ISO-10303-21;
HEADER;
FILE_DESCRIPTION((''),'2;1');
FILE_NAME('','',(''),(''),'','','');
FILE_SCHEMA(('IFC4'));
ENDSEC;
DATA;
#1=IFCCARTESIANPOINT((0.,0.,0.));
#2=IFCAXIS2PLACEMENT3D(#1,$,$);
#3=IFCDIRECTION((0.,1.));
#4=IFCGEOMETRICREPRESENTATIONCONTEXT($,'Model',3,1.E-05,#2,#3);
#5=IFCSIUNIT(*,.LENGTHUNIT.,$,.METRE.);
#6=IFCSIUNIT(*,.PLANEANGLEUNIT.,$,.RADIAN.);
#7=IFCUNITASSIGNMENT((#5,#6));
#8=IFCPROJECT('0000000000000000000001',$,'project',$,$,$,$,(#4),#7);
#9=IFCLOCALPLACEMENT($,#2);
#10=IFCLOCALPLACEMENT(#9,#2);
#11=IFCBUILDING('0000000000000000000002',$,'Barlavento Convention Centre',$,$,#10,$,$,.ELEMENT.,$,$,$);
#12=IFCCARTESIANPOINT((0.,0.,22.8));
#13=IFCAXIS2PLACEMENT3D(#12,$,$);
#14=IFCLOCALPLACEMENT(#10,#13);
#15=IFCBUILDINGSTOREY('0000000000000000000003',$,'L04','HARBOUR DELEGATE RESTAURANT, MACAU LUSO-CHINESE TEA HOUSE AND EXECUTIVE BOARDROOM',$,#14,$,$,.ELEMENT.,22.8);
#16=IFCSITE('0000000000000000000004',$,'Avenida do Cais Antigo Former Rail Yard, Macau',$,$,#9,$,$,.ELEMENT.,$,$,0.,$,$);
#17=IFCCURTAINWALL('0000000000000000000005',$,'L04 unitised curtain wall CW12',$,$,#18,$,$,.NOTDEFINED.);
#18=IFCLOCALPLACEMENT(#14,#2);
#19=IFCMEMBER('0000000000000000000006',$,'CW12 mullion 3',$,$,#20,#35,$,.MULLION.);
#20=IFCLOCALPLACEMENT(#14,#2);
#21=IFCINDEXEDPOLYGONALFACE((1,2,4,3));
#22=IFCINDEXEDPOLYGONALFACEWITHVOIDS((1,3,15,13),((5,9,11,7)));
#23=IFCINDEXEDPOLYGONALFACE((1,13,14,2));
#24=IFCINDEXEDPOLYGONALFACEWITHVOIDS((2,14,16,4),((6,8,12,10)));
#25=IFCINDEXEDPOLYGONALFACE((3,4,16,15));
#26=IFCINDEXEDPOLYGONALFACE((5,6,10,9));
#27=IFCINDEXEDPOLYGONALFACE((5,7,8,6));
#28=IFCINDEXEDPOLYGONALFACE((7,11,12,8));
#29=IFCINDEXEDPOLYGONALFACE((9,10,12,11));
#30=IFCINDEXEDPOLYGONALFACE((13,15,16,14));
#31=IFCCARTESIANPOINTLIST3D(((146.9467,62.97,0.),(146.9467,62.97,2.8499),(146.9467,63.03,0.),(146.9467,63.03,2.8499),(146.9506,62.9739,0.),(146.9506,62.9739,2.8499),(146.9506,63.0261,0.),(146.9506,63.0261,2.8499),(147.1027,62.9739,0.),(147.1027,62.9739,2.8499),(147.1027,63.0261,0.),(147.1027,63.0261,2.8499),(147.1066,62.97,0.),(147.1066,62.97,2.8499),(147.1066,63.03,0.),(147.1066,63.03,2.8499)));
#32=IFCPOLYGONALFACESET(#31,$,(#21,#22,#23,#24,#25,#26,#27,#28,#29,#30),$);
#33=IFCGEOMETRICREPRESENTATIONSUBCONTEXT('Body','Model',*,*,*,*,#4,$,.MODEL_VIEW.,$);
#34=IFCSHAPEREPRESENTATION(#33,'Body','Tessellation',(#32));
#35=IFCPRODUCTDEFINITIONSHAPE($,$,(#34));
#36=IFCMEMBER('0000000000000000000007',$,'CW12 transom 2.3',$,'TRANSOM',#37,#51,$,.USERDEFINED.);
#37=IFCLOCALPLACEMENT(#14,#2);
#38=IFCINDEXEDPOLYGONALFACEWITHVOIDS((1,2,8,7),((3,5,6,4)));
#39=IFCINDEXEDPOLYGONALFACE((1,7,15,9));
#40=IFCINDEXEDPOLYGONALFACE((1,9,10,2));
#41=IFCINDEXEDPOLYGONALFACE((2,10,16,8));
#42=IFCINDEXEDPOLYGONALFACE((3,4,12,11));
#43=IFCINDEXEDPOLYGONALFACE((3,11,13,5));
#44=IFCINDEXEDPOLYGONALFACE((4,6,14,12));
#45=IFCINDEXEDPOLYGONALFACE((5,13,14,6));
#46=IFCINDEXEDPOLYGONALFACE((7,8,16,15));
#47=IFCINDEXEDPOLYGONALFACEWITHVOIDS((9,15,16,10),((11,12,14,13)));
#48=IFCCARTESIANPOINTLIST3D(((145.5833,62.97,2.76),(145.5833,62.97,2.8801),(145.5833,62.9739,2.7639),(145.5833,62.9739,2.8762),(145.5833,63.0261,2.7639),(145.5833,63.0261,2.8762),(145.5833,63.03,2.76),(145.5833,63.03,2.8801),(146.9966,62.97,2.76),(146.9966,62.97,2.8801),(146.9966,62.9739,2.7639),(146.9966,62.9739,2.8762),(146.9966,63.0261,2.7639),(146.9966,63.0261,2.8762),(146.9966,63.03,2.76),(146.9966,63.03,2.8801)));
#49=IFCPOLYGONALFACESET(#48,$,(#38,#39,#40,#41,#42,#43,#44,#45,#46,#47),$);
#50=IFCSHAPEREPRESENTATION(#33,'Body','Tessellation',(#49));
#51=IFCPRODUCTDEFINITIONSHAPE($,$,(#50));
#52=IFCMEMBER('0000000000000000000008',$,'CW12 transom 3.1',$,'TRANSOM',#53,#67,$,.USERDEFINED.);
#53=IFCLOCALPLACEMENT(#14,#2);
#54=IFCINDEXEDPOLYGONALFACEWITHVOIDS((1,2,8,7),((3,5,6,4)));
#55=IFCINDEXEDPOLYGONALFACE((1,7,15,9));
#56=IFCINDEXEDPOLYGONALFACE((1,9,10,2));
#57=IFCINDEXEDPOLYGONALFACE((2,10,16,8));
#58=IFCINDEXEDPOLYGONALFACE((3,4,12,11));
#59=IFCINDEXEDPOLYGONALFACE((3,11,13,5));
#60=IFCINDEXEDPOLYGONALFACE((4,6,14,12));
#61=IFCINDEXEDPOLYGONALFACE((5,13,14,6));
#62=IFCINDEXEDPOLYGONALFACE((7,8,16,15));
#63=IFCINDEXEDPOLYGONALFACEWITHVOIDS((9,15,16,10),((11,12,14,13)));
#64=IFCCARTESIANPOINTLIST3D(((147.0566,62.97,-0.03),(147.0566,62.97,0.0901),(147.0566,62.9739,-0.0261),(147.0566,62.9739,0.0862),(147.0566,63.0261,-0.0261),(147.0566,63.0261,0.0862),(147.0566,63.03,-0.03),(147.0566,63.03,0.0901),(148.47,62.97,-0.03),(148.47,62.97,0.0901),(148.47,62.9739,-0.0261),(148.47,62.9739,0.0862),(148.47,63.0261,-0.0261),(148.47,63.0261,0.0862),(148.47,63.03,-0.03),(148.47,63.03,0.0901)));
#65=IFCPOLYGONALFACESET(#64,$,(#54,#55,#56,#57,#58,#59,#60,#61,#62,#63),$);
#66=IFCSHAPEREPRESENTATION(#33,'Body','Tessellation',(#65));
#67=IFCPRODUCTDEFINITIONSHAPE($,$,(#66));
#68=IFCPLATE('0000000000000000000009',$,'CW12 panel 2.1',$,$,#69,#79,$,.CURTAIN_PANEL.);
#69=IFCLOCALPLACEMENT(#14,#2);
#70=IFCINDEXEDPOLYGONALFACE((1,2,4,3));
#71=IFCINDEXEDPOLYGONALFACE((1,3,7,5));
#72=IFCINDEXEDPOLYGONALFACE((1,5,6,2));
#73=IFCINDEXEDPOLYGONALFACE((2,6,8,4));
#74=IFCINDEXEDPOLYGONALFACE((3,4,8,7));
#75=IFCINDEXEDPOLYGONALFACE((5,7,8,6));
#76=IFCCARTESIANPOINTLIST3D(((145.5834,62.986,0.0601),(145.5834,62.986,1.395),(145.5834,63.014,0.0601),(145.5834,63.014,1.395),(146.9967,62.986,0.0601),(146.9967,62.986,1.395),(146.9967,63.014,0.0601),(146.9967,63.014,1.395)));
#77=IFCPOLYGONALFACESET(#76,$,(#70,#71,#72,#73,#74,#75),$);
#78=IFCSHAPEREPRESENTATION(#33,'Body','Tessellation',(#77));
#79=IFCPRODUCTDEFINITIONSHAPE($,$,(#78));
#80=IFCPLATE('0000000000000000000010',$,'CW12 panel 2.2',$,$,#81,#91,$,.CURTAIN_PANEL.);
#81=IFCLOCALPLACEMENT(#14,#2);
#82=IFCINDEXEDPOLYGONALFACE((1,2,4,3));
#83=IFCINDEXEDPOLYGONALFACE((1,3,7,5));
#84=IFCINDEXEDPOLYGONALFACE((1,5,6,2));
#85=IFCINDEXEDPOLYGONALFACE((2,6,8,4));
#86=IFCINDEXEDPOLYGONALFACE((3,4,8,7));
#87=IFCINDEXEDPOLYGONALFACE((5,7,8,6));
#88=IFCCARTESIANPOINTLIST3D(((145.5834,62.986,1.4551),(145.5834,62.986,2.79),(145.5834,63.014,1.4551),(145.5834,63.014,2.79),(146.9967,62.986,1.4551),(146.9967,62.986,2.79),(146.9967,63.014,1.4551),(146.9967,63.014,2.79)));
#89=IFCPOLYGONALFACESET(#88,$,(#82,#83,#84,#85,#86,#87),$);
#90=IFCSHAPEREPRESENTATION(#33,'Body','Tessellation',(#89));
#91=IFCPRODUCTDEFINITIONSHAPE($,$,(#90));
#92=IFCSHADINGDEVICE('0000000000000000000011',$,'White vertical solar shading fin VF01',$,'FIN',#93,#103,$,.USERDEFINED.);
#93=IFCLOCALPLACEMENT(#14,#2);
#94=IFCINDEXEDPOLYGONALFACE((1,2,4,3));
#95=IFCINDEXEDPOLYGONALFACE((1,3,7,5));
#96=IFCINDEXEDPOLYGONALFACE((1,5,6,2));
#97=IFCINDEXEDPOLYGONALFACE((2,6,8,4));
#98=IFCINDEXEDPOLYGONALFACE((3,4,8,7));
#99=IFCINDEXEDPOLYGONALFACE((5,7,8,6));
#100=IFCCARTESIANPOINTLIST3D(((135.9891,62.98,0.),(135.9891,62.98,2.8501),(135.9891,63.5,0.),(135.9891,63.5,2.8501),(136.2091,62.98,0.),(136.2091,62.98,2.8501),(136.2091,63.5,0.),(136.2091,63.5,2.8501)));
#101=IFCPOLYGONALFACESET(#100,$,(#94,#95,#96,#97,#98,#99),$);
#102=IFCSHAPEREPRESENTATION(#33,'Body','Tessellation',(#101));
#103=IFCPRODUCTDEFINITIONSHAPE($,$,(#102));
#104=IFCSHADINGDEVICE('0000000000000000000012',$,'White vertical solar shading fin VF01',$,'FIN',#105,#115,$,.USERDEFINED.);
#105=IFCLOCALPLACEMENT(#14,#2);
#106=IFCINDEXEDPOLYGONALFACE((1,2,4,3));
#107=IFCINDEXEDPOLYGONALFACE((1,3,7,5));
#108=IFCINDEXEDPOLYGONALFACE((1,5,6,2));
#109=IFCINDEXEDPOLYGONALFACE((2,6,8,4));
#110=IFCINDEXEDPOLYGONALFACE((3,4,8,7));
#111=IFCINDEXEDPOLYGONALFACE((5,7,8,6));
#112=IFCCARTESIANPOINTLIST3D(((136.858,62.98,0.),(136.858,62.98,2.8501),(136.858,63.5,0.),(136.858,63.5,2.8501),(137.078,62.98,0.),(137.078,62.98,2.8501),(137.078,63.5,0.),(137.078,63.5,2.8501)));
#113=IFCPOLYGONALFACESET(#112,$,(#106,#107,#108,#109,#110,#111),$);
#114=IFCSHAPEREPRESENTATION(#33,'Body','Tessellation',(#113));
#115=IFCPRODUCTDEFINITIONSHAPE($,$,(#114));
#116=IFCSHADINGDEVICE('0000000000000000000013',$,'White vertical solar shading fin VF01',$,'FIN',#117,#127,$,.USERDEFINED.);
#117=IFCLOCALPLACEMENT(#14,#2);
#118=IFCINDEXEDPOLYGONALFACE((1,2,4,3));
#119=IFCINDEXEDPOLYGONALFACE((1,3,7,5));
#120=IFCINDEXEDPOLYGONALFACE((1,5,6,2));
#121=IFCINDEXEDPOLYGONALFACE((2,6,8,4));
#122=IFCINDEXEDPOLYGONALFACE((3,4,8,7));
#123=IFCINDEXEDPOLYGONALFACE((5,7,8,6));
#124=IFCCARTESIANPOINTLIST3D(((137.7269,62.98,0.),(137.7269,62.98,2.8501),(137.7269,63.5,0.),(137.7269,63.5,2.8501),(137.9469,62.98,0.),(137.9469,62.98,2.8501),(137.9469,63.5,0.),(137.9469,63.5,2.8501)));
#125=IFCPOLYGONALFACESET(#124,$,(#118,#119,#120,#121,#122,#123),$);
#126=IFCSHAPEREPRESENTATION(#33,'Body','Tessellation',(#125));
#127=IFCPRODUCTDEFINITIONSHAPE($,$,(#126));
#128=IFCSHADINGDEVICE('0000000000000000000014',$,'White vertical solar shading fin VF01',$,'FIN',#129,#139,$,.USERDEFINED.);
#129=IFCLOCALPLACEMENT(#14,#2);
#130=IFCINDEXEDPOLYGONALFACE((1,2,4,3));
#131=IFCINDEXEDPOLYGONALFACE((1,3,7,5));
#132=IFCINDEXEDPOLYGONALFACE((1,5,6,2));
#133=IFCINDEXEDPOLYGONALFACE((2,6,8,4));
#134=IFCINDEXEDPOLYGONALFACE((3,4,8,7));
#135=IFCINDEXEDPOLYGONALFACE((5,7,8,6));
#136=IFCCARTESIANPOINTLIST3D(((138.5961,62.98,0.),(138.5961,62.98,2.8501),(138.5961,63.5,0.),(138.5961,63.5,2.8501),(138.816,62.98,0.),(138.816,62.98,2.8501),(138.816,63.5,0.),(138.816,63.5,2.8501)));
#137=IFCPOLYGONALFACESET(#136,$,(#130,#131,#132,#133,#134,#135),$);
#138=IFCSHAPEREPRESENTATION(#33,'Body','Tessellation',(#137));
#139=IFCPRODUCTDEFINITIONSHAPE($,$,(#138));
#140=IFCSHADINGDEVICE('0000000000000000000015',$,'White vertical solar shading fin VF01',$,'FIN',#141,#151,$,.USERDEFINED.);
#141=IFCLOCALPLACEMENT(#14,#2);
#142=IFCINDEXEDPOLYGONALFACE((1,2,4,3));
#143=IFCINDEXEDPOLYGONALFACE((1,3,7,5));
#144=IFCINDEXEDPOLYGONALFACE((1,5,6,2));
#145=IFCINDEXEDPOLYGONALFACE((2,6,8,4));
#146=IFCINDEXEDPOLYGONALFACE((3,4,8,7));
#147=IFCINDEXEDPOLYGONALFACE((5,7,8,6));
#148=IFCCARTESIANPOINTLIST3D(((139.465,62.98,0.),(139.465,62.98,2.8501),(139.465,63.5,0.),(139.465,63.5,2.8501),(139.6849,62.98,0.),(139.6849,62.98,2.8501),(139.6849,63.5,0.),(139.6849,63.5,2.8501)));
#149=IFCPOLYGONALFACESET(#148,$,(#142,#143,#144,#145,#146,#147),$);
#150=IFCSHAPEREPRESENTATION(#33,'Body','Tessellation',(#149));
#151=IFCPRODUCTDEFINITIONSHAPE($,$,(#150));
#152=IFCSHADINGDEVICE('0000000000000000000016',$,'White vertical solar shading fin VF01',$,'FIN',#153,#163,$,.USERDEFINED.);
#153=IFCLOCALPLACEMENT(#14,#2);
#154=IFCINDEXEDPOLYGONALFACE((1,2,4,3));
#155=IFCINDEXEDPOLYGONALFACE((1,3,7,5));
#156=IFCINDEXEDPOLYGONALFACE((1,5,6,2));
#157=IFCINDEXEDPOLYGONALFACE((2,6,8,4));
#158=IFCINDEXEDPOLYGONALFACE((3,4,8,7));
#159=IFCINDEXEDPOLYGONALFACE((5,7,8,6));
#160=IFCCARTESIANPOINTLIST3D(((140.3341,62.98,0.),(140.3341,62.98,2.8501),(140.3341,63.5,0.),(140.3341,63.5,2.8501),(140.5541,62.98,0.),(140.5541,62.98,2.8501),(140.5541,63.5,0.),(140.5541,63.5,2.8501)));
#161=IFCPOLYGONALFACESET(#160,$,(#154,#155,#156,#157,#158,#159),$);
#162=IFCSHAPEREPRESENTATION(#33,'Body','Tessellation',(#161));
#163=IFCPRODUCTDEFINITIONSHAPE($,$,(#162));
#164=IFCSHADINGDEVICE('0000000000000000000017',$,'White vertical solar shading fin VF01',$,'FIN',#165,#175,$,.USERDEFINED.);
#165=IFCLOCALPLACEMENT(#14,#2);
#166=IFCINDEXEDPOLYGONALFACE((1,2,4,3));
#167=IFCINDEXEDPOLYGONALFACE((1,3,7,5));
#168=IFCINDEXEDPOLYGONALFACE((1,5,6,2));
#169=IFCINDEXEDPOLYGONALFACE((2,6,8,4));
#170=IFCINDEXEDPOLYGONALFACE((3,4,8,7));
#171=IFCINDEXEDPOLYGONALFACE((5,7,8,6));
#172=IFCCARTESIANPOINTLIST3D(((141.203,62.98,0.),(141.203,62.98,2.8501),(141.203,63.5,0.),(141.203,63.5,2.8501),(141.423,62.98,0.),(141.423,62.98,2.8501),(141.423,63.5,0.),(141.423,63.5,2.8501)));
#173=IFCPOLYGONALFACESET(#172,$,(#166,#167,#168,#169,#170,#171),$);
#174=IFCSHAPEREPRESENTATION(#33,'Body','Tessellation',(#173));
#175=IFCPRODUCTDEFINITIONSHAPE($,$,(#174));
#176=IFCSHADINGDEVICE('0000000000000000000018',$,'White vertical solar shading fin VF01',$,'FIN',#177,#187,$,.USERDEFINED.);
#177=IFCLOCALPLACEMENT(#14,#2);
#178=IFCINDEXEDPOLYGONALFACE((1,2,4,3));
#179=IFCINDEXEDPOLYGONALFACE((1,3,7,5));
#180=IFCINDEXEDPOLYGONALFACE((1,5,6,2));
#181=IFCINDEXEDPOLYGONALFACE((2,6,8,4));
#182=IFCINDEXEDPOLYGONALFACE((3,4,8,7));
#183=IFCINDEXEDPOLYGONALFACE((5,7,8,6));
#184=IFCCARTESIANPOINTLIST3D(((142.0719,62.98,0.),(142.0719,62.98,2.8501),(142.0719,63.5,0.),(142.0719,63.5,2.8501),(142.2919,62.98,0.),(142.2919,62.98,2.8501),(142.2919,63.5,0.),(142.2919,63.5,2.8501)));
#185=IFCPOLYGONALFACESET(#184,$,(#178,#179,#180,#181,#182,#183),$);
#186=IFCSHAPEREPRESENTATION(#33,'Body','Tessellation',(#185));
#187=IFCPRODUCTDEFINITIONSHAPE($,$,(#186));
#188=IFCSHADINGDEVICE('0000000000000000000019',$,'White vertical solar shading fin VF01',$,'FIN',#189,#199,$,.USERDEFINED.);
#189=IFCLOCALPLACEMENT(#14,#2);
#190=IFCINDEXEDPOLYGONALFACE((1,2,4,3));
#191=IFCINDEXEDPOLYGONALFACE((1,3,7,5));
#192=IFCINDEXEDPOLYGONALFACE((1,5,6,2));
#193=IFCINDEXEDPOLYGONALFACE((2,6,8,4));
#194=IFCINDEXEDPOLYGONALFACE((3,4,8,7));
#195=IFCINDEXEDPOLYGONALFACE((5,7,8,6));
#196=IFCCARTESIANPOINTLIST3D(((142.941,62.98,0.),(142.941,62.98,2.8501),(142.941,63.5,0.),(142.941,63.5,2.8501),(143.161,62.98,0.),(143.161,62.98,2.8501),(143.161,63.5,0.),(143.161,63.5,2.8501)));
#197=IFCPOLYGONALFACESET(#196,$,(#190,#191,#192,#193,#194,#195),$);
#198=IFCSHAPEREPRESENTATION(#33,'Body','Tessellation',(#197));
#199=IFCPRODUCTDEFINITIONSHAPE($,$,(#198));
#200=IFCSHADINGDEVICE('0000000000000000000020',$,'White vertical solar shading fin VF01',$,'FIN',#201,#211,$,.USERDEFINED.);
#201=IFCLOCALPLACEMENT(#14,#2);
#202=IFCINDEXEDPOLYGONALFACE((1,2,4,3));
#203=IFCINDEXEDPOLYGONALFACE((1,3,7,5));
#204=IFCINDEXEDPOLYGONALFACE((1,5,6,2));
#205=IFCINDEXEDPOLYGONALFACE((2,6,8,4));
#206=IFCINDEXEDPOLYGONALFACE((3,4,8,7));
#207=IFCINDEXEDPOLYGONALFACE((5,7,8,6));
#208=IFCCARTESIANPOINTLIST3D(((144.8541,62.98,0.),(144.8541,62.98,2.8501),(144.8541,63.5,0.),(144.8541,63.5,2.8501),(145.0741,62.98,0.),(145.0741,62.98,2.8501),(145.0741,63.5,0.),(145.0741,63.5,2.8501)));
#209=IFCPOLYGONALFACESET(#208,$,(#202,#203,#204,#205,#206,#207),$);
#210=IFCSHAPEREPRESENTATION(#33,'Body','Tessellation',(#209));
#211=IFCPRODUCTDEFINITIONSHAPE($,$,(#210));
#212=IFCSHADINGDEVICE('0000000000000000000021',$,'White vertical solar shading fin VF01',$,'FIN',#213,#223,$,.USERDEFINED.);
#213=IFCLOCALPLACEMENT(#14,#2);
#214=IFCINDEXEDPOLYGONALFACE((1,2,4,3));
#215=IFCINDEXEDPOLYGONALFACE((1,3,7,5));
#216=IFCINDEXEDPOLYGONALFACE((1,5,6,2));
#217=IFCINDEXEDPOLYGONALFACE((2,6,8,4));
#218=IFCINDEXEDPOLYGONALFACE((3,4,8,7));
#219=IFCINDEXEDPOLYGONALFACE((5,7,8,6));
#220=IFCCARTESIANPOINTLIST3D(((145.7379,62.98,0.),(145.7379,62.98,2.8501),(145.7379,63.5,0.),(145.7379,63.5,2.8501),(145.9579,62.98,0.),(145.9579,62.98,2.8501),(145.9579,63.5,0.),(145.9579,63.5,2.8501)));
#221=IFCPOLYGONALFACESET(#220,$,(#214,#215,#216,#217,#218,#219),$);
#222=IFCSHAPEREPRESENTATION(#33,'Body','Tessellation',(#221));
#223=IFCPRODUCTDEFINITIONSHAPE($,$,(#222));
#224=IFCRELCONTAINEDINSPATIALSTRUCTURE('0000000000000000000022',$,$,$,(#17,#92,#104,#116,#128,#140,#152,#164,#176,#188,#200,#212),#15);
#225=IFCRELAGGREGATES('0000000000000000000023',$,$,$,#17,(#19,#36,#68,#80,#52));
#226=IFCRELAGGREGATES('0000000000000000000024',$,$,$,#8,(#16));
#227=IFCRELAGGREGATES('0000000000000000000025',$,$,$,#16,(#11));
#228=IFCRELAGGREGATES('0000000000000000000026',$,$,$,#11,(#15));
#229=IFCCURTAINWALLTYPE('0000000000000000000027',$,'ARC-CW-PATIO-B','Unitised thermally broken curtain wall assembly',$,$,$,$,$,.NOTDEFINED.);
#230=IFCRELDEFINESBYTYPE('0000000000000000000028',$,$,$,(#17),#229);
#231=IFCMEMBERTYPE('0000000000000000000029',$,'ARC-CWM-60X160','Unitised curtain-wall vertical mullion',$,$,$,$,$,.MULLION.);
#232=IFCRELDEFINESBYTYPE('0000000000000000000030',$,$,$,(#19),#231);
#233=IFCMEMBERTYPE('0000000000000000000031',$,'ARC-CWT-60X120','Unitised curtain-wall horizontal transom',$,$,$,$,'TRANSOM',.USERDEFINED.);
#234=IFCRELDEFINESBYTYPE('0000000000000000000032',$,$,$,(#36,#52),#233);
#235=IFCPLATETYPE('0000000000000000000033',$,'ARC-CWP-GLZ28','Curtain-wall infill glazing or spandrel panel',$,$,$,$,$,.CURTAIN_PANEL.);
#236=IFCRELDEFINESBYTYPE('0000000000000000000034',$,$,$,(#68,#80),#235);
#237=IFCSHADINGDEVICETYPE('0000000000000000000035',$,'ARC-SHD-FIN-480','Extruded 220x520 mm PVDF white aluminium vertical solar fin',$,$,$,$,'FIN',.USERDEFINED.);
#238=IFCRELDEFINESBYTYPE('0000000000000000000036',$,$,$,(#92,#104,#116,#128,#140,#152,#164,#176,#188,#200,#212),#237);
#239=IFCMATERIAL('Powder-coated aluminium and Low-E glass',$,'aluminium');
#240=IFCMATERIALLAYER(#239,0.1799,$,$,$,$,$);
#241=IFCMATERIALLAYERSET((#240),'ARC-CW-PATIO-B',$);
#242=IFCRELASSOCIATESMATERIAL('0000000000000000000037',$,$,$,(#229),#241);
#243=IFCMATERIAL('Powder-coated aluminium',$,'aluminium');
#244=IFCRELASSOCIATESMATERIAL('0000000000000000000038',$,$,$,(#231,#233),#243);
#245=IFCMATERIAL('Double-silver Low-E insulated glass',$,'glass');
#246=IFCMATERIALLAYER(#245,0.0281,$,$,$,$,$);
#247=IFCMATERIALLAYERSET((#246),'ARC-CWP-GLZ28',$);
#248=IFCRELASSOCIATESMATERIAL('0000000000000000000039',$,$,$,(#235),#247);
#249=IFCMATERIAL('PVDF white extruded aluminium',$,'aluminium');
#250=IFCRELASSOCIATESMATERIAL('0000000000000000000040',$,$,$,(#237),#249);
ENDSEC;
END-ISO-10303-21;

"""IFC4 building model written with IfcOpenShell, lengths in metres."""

from ifc_helpers import new_model, si_unit, direction, frame, origin, origin_2d, place, context, subcontext, project, spatial, rectangle, hollow_rectangle, extrude, material, layer, layer_set, material_profile, profile_set, type_object, element, aggregate, save


model = new_model("IFC4")

# Units and contexts
model_context = context("Model", 3, precision=1e-05, world=origin(), true_north=direction((0.0, 1.0)))
body_context = subcontext(model_context, "Body", "Model", "MODEL_VIEW")
ifc_project = project(units=[si_unit("LENGTHUNIT", "METRE"), si_unit("PLANEANGLEUNIT", "RADIAN")], contexts=[model_context])

# Site, building, storey
site_placement = place(None, origin())
site = spatial("IfcSite", under=ifc_project, at=site_placement, Name="Avenida do Cais Antigo Former Rail Yard, Macau", CompositionType="ELEMENT", RefElevation=0.0)
building_placement = place(site_placement, origin())
building = spatial("IfcBuilding", under=site, at=building_placement, Name="Barlavento Convention Centre", CompositionType="ELEMENT")
storey_placement = place(building_placement, frame((0.0, 0.0, 22.8)))
storey = spatial("IfcBuildingStorey", under=building, at=storey_placement, Name="L04", Description="HARBOUR DELEGATE RESTAURANT, MACAU LUSO-CHINESE TEA HOUSE AND EXECUTIVE BOARDROOM", CompositionType="ELEMENT", Elevation=22.8)

# Curtain wall, members, plates
ifc_material_1 = material(Name="Powder-coated aluminium and Low-E glass", Category="aluminium")
ifc_layer_1 = layer(ifc_material_1, 0.1799)
ifc_layer_set_1 = layer_set([ifc_layer_1], Name="ARC-CW-PATIO-B")
curtain_wall_type = type_object("IfcCurtainWallType", Name="ARC-CW-PATIO-B", Description="Unitised thermally broken curtain wall assembly", PredefinedType="NOTDEFINED", material=ifc_layer_set_1)
curtain_wall_placement = place(storey_placement, origin())
curtain_wall = element("IfcCurtainWall", 1, at=curtain_wall_placement, inside=storey, type_object=curtain_wall_type, Name="L04 unitised curtain wall CW12", PredefinedType="NOTDEFINED")
ifc_material_2 = material(Name="Powder-coated aluminium", Category="aluminium")
ifc_material_profile_1 = material_profile(ifc_material_2, hollow_rectangle(XDim=0.0601, YDim=0.1599, WallThickness=0.0039, at=origin_2d()), Name="AL-MULL 60x160x4")
ifc_profile_set_1 = profile_set([ifc_material_profile_1], Name="Powder-coated aluminium")
member_type_1 = type_object("IfcMemberType", Name="ARC-CWM-60X160", Description="Unitised curtain-wall vertical mullion", PredefinedType="MULLION", material=ifc_profile_set_1)
member_1_placement = place(storey_placement, frame((147.0266, 63.0, 0.0), z_axis=(0.0, 0.0, 1.0), x_axis=(0.0, 1.0, 0.0)))
member_1 = element("IfcMember", 2, at=member_1_placement, type_object=member_type_1, Name="CW12 mullion 3", PredefinedType="MULLION", context=body_context, shape_type="SweptSolid", body=[
    extrude(hollow_rectangle(XDim=0.0601, YDim=0.1599, WallThickness=0.0039, at=origin_2d()), origin(), (0.0, 0.0, 1.0), 2.8499),
])
ifc_material_profile_2 = material_profile(ifc_material_2, hollow_rectangle(XDim=0.0601, YDim=0.1201, WallThickness=0.0039, at=origin_2d()), Name="AL-TRAN 60x120x4")
ifc_profile_set_2 = profile_set([ifc_material_profile_2], Name="Powder-coated aluminium")
member_type_2 = type_object("IfcMemberType", Name="ARC-CWT-60X120", Description="Unitised curtain-wall horizontal transom", ElementType="TRANSOM", PredefinedType="USERDEFINED", material=ifc_profile_set_2)
member_2_placement = place(storey_placement, frame((145.5833, 63.0, 2.8201), z_axis=(1.0, 0.0, 0.0), x_axis=(0.0, 1.0, 0.0)))
member_2 = element("IfcMember", 3, at=member_2_placement, type_object=member_type_2, Name="CW12 transom 2.3", ObjectType="TRANSOM", PredefinedType="USERDEFINED", context=body_context, shape_type="SweptSolid", body=[
    extrude(hollow_rectangle(XDim=0.0601, YDim=0.1201, WallThickness=0.0039, at=origin_2d()), origin(), (0.0, 0.0, 1.0), 1.4133),
])
member_3_placement = place(storey_placement, frame((147.0566, 63.0, 0.03), z_axis=(1.0, 0.0, 0.0), x_axis=(0.0, 1.0, 0.0)))
member_3 = element("IfcMember", 4, at=member_3_placement, type_object=member_type_2, Name="CW12 transom 3.1", ObjectType="TRANSOM", PredefinedType="USERDEFINED", context=body_context, shape_type="SweptSolid", body=[
    extrude(hollow_rectangle(XDim=0.0601, YDim=0.1201, WallThickness=0.0039, at=origin_2d()), origin(), (0.0, 0.0, 1.0), 1.4133),
])
ifc_material_3 = material(Name="Double-silver Low-E insulated glass", Category="glass")
ifc_layer_2 = layer(ifc_material_3, 0.0281)
ifc_layer_set_2 = layer_set([ifc_layer_2], Name="ARC-CWP-GLZ28")
plate_type = type_object("IfcPlateType", Name="ARC-CWP-GLZ28", Description="Curtain-wall infill glazing or spandrel panel", PredefinedType="CURTAIN_PANEL", material=ifc_layer_set_2)
plate_1_placement = place(storey_placement, frame((146.29, 63.0, 0.0601), z_axis=(0.0, 0.0, 1.0), x_axis=(1.0, 0.0, 0.0)))
plate_1 = element("IfcPlate", 5, at=plate_1_placement, type_object=plate_type, Name="CW12 panel 2.1", PredefinedType="CURTAIN_PANEL", context=body_context, shape_type="SweptSolid", body=[
    extrude(rectangle(XDim=1.4133, YDim=0.0281, at=origin_2d()), origin(), (0.0, 0.0, 1.0), 1.335),
])
plate_2_placement = place(storey_placement, frame((146.29, 63.0, 1.4551), z_axis=(0.0, 0.0, 1.0), x_axis=(1.0, 0.0, 0.0)))
plate_2 = element("IfcPlate", 6, at=plate_2_placement, type_object=plate_type, Name="CW12 panel 2.2", PredefinedType="CURTAIN_PANEL", context=body_context, shape_type="SweptSolid", body=[
    extrude(rectangle(XDim=1.4133, YDim=0.0281, at=origin_2d()), origin(), (0.0, 0.0, 1.0), 1.335),
])
aggregate(curtain_wall, [member_1, member_2, plate_1, plate_2, member_3])

# Shading devices
ifc_material_4 = material(Name="PVDF white extruded aluminium", Category="aluminium")
shading_device_type = type_object("IfcShadingDeviceType", Name="ARC-SHD-FIN-480", Description="Extruded 220x520 mm PVDF white aluminium vertical solar fin", ElementType="FIN", PredefinedType="USERDEFINED", material=ifc_material_4)
for number, where, z_axis, x_axis, name in (
    (7, (136.0991, 63.24, 0.0), (0.0, 0.0, 1.0), (1.0, 0.0, 0.0), "White vertical solar shading fin VF01"),
    (8, (136.968, 63.24, 0.0), (0.0, 0.0, 1.0), (1.0, 0.0, 0.0), "White vertical solar shading fin VF01"),
    (9, (137.8369, 63.24, 0.0), (0.0, 0.0, 1.0), (1.0, 0.0, 0.0), "White vertical solar shading fin VF01"),
    (10, (138.7061, 63.24, 0.0), (0.0, 0.0, 1.0), (1.0, 0.0, 0.0), "White vertical solar shading fin VF01"),
    (11, (139.575, 63.24, 0.0), (0.0, 0.0, 1.0), (1.0, 0.0, 0.0), "White vertical solar shading fin VF01"),
    (12, (140.4441, 63.24, 0.0), (0.0, 0.0, 1.0), (1.0, 0.0, 0.0), "White vertical solar shading fin VF01"),
    (13, (141.313, 63.24, 0.0), (0.0, 0.0, 1.0), (1.0, 0.0, 0.0), "White vertical solar shading fin VF01"),
    (14, (142.1819, 63.24, 0.0), (0.0, 0.0, 1.0), (1.0, 0.0, 0.0), "White vertical solar shading fin VF01"),
    (15, (143.051, 63.24, 0.0), (0.0, 0.0, 1.0), (1.0, 0.0, 0.0), "White vertical solar shading fin VF01"),
    (16, (144.9641, 63.24, 0.0), (0.0, 0.0, 1.0), (1.0, 0.0, 0.0), "White vertical solar shading fin VF01"),
    (17, (145.8479, 63.24, 0.0), (0.0, 0.0, 1.0), (1.0, 0.0, 0.0), "White vertical solar shading fin VF01"),
):
    element("IfcShadingDevice", number, at=place(storey_placement, frame(where, z_axis=z_axis, x_axis=x_axis)), inside=storey, type_object=shading_device_type, Name=name, ObjectType="FIN", PredefinedType="USERDEFINED", context=body_context, shape_type="SweptSolid", body=[
        extrude(rectangle(XDim=0.22, YDim=0.52, at=origin_2d()), origin(), (0.0, 0.0, 1.0), 2.8501),
    ])

save(model, "model.ifc")
